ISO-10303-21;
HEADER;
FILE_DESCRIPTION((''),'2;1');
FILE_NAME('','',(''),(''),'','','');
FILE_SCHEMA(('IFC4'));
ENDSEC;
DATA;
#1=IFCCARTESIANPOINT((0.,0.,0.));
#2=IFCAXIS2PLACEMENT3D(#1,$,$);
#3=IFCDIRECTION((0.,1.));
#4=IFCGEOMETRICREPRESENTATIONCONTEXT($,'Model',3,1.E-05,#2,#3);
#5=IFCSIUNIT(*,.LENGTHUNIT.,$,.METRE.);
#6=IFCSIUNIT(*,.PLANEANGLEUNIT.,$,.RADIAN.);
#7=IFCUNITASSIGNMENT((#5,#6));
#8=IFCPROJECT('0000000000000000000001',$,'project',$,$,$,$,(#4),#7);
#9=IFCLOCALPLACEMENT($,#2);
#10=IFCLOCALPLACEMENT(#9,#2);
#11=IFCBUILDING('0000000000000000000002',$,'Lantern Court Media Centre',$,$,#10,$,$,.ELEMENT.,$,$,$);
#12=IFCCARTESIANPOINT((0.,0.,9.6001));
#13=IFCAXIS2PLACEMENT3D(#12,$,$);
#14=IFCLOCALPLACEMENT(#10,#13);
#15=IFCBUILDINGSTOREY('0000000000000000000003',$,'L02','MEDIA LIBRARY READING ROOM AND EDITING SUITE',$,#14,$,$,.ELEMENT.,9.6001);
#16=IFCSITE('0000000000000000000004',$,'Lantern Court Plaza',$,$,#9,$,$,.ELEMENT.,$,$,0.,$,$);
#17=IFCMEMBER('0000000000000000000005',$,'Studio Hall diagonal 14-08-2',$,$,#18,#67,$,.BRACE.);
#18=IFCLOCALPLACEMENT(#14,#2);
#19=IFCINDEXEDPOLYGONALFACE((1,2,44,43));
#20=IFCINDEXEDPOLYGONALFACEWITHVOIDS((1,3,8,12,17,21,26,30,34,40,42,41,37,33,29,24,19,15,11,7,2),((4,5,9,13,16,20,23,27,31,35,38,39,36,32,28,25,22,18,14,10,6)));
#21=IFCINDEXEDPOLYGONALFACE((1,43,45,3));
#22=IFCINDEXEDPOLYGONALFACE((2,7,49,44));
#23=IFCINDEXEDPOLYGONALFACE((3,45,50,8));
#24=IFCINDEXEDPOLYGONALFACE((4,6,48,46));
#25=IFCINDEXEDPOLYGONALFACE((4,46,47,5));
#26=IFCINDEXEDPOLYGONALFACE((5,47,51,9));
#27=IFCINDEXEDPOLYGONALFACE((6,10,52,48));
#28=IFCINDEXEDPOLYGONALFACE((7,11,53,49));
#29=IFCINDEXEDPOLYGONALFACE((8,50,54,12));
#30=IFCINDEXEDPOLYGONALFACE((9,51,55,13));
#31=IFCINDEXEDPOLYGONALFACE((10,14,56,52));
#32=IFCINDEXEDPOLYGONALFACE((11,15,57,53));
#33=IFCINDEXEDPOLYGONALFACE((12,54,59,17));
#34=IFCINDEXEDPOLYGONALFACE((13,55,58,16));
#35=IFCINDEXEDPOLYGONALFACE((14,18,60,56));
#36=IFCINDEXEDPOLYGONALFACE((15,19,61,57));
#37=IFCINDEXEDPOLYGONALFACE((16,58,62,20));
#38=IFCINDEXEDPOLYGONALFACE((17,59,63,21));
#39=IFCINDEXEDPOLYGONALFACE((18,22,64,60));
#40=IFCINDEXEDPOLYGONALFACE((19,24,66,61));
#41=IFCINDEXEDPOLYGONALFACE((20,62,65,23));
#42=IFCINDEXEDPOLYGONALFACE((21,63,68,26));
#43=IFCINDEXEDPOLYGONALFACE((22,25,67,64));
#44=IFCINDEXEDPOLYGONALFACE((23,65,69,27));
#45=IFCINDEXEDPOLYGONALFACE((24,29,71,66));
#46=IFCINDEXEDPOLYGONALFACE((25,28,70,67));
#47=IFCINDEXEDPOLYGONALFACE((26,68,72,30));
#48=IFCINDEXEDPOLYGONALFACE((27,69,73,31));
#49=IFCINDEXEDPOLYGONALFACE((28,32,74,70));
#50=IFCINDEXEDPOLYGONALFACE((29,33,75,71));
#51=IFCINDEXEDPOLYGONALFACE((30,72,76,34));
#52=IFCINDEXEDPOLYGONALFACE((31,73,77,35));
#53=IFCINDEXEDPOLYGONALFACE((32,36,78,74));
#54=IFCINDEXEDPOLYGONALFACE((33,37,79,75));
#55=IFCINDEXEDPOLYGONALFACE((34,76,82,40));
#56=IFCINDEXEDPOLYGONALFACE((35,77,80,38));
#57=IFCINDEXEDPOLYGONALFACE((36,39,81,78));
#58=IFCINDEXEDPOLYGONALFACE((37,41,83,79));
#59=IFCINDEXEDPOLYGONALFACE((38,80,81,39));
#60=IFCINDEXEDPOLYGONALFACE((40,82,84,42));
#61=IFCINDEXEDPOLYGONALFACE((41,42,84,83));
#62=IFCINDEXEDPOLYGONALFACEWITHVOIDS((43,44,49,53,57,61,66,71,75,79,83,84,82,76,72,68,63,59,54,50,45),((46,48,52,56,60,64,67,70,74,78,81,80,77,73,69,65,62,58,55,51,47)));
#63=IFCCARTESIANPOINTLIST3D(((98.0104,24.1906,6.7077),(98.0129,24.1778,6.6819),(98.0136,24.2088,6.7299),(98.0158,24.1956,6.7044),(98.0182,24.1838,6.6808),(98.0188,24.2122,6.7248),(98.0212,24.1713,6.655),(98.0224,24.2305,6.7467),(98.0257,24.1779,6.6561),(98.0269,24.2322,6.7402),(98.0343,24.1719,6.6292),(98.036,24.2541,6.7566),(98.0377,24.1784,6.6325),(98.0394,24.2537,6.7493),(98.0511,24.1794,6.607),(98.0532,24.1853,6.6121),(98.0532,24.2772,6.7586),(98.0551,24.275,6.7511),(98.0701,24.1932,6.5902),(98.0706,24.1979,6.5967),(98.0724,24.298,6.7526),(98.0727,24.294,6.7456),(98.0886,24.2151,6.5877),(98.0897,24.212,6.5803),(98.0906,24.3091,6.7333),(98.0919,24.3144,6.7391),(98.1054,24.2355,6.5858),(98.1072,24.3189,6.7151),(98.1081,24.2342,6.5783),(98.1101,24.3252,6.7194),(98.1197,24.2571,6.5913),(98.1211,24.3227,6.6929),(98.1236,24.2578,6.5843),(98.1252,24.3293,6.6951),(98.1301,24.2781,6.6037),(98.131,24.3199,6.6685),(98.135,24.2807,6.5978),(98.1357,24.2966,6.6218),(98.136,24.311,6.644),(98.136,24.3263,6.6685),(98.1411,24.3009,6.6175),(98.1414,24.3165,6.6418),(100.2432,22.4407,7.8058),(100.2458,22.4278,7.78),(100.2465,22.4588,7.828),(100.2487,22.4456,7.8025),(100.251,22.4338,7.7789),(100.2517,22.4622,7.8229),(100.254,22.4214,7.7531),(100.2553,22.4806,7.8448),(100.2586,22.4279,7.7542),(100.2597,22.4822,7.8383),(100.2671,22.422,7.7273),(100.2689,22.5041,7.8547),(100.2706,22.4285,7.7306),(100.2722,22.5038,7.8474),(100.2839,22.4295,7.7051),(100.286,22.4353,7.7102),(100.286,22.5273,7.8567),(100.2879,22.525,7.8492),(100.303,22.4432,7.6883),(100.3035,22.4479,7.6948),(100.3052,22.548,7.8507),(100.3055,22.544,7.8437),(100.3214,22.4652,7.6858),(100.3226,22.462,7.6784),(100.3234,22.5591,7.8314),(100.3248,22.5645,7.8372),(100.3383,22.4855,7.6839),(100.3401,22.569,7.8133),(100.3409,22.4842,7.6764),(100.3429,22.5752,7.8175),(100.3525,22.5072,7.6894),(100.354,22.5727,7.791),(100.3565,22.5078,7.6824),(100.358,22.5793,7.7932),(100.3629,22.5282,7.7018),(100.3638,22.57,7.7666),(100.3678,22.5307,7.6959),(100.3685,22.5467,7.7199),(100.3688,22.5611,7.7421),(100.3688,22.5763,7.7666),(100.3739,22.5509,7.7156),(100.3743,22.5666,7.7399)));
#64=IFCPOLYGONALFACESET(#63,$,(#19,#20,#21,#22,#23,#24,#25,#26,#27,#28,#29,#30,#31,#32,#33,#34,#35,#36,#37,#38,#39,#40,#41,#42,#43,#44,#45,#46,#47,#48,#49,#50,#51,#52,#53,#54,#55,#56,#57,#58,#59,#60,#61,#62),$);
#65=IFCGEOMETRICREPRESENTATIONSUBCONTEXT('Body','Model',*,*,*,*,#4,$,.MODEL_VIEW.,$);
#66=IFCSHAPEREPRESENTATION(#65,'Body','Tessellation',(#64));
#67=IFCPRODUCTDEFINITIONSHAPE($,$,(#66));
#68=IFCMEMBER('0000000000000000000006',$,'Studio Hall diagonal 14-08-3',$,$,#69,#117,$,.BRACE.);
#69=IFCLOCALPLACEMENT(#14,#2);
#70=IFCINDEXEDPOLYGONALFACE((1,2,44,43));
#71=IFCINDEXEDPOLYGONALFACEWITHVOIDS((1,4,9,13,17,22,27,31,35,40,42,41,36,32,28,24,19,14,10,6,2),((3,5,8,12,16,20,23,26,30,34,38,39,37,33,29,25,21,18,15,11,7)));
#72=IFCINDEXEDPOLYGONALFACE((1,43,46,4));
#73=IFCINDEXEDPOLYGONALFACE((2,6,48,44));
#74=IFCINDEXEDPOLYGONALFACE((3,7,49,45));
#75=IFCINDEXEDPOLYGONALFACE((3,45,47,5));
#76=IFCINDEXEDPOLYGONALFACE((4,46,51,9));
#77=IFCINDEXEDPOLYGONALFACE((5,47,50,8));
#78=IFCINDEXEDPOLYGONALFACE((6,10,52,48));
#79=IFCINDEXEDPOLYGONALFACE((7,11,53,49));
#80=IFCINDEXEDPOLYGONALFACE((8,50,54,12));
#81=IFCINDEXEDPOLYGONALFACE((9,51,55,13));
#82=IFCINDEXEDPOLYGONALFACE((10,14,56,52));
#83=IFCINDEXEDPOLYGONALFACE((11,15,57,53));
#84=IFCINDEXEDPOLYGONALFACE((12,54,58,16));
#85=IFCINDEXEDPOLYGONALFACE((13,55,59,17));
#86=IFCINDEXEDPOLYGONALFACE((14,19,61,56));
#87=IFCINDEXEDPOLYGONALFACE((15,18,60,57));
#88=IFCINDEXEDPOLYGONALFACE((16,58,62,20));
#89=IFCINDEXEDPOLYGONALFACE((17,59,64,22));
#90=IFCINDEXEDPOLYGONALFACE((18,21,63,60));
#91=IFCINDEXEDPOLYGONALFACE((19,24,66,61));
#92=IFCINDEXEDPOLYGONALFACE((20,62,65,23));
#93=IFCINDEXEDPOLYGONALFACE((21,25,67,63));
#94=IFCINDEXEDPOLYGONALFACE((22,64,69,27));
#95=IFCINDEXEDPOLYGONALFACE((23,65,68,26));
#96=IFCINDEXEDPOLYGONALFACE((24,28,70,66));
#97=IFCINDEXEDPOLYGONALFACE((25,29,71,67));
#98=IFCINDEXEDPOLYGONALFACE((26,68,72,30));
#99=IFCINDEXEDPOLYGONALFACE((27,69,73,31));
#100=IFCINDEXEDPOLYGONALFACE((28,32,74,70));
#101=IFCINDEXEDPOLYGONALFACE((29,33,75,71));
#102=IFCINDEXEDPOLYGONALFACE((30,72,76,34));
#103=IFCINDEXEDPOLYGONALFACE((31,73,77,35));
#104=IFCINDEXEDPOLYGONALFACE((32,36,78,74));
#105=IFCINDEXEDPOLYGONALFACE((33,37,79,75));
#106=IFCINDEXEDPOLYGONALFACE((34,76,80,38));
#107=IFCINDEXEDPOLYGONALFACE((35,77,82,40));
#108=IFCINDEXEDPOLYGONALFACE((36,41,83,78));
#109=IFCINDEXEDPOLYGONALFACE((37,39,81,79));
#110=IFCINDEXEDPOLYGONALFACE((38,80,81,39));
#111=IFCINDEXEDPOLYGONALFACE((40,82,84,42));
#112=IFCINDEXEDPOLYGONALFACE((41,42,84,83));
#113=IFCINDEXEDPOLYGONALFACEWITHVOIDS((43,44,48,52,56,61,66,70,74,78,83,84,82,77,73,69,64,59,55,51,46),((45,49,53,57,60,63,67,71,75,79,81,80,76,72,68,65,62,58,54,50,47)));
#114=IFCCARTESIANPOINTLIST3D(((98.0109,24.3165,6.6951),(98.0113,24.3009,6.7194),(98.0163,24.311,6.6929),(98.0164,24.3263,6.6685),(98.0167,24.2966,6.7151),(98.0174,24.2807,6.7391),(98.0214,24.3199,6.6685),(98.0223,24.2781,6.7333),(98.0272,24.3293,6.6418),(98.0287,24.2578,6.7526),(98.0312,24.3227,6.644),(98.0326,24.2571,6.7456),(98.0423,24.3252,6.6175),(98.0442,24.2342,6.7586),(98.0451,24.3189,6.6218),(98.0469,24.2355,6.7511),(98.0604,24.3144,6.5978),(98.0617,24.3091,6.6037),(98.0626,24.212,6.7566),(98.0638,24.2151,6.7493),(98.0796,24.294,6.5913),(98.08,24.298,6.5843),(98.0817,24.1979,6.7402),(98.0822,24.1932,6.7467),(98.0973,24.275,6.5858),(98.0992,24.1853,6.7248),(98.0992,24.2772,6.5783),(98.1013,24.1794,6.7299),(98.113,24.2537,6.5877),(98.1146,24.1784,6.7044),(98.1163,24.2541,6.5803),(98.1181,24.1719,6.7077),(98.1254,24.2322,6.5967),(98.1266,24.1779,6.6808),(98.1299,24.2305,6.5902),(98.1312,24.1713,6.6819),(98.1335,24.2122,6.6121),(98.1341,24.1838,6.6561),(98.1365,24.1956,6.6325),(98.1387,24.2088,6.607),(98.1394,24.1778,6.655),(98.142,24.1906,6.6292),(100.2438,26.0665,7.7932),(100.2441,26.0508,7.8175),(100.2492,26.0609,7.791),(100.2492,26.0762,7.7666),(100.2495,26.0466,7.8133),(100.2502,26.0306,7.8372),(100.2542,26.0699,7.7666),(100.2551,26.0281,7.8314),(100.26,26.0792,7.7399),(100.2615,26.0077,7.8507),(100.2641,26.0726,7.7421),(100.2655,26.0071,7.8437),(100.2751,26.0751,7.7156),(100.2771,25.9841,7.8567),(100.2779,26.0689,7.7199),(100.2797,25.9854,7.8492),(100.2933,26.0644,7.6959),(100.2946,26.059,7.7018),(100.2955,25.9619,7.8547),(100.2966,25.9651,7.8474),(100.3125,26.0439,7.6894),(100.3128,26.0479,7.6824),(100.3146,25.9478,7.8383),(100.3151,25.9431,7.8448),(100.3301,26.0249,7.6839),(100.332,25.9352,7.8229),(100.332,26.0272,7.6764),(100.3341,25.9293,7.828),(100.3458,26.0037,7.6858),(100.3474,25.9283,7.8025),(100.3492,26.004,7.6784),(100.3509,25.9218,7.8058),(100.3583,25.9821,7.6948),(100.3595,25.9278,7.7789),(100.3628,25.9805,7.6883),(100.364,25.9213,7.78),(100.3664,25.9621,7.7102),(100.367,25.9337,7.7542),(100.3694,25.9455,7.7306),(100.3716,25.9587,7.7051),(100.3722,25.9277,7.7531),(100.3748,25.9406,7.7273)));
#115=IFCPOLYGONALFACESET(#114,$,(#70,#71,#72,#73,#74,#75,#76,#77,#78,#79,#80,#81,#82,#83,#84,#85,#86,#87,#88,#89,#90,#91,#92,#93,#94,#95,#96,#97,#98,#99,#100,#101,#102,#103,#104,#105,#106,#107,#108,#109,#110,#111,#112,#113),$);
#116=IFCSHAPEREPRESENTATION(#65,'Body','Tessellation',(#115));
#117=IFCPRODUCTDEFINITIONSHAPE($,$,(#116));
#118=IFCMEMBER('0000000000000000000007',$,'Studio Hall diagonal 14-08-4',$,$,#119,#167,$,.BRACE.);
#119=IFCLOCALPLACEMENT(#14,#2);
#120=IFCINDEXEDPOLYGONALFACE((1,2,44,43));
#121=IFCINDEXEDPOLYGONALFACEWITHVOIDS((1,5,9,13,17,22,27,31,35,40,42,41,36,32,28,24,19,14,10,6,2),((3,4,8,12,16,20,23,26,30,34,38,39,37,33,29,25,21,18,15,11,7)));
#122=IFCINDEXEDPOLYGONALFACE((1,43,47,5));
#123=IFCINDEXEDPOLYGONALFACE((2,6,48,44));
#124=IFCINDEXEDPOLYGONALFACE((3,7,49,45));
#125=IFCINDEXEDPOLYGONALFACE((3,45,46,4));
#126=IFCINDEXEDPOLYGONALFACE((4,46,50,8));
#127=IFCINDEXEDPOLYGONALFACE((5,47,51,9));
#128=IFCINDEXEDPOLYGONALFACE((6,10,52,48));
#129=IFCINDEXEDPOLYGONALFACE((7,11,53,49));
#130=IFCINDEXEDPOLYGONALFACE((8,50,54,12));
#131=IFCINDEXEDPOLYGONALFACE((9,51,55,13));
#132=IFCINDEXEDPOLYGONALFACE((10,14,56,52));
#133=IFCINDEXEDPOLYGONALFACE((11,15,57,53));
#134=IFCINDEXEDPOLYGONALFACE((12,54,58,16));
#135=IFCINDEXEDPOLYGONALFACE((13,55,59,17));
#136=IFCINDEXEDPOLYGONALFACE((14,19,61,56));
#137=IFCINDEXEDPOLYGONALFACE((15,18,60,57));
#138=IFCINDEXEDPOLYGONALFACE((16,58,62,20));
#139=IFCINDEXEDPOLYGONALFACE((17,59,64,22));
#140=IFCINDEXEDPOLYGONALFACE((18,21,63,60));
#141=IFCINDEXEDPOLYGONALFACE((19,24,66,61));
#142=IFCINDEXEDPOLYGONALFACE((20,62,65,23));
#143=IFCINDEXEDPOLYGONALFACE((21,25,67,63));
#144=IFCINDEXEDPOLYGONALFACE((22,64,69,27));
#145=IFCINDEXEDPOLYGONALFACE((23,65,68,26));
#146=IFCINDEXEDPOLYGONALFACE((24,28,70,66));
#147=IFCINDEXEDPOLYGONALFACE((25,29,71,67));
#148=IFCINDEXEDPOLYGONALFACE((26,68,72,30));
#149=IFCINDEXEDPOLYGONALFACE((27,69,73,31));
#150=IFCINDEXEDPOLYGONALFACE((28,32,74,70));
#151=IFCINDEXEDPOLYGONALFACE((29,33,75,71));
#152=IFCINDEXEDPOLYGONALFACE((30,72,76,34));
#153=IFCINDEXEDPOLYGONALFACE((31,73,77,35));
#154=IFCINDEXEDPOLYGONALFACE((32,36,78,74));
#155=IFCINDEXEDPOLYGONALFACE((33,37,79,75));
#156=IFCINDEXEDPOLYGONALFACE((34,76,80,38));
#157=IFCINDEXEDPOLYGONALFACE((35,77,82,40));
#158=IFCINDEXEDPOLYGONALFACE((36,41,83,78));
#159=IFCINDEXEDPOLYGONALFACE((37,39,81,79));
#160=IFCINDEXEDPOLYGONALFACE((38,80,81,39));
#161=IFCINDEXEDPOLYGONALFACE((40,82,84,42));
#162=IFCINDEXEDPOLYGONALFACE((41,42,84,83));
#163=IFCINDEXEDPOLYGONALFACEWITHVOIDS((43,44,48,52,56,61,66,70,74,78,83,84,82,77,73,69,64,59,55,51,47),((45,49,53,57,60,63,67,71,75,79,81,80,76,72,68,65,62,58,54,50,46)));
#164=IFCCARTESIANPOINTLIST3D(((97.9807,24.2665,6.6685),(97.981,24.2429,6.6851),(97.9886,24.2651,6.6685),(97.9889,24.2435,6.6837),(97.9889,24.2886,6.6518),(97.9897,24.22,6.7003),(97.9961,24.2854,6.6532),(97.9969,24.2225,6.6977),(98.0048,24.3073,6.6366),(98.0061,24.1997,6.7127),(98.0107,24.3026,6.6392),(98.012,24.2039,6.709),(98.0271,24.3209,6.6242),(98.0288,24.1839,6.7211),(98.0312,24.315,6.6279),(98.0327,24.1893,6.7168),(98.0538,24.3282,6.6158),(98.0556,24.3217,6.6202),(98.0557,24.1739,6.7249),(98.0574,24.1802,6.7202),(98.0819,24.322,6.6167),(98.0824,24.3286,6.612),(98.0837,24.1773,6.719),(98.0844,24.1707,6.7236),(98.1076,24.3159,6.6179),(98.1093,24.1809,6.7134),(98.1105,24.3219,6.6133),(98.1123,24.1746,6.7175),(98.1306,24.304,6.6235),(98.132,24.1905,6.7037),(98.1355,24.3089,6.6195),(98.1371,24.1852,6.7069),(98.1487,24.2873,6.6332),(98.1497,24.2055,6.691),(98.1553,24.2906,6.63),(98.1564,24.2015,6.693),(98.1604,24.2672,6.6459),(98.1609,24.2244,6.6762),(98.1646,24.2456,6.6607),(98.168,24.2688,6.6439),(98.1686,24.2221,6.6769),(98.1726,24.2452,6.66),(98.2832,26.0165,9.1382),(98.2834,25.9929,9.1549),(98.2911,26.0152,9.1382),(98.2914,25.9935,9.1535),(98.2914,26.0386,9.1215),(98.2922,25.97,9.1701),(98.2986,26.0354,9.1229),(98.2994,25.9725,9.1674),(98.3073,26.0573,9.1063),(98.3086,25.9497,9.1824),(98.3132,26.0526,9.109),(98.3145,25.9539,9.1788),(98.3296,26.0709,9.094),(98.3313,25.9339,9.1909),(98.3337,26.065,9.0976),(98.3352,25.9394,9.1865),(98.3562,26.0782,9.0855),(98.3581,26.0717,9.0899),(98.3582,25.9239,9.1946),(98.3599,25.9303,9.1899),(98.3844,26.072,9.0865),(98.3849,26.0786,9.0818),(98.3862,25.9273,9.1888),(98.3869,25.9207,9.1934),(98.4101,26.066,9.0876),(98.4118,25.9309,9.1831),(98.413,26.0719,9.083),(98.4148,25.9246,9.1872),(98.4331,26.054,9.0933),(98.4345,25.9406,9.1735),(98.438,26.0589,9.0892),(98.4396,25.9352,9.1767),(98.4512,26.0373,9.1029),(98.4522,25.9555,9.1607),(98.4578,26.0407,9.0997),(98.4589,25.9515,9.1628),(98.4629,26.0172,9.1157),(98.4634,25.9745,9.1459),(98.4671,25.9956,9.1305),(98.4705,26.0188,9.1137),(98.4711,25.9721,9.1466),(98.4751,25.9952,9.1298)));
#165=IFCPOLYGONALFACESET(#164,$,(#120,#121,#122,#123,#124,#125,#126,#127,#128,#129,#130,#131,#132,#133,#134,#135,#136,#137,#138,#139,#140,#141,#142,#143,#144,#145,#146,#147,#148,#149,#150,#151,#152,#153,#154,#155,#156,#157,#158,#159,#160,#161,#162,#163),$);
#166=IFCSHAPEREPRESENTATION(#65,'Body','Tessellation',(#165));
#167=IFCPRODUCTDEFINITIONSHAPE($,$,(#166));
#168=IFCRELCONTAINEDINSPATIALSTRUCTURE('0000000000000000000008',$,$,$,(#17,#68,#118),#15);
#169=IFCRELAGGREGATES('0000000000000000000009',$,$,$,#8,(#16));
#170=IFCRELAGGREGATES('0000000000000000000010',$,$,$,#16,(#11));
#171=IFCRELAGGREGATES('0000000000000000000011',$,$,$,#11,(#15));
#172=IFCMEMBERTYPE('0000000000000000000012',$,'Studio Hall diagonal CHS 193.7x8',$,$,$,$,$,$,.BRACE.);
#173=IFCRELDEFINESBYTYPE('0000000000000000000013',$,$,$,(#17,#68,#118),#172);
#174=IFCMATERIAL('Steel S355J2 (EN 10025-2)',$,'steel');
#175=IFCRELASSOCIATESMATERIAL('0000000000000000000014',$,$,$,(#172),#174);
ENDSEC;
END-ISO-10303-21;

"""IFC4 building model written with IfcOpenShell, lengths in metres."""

from ifc_helpers import new_model, si_unit, direction, frame, origin, origin_2d, place, context, subcontext, project, spatial, hollow_circle, extrude, material, material_profile, profile_set, type_object, element, save


model = new_model("IFC4")

# Units and contexts
model_context = context("Model", 3, precision=1e-05, world=origin(), true_north=direction((0.0, 1.0)))
body_context = subcontext(model_context, "Body", "Model", "MODEL_VIEW")
ifc_project = project(units=[si_unit("LENGTHUNIT", "METRE"), si_unit("PLANEANGLEUNIT", "RADIAN")], contexts=[model_context])

# Site, building, storey
site_placement = place(None, origin())
site = spatial("IfcSite", under=ifc_project, at=site_placement, Name="Lantern Court Plaza", CompositionType="ELEMENT", RefElevation=0.0)
building_placement = place(site_placement, origin())
building = spatial("IfcBuilding", under=site, at=building_placement, Name="Lantern Court Media Centre", CompositionType="ELEMENT")
storey_placement = place(building_placement, frame((0.0, 0.0, 9.6001)))
storey = spatial("IfcBuildingStorey", under=building, at=storey_placement, Name="L02", Description="MEDIA LIBRARY READING ROOM AND EDITING SUITE", CompositionType="ELEMENT", Elevation=9.6001)

# Members
ifc_material = material(Name="Steel S355J2 (EN 10025-2)", Category="steel")
ifc_material_profile_1 = material_profile(ifc_material, hollow_circle(Radius=0.0969, WallThickness=0.0081, at=origin_2d()), Name="Studio Hall diagonal CHS 193.7x8")
ifc_profile_set_1 = profile_set([ifc_material_profile_1], Name="Steel S355J2 (EN 10025-2)")
member_type_1 = type_object("IfcMemberType", Name="Studio Hall diagonal CHS 193.7x8", PredefinedType="BRACE", material=ifc_profile_set_1)
for number, where, z_axis, x_axis, name in (
    (1, (98.0762, 24.25, 6.6685), (0.734005, -0.575262, 0.360984), (0.616856, 0.787076, 0.0), "Studio Hall diagonal 14-08-2"),
    (2, (98.0762, 24.25, 6.6685), (0.734005, 0.575262, 0.360984), (-0.616856, 0.787076, 0.0), "Studio Hall diagonal 14-08-3"),
    (3, (98.0762, 24.25, 6.6685), (0.099439, 0.575286, 0.811885), (-0.985388, 0.170326, 0.0), "Studio Hall diagonal 14-08-4"),
):
    element("IfcMember", number, at=place(storey_placement, frame(where, z_axis=z_axis, x_axis=x_axis)), inside=storey, type_object=member_type_1, Name=name, PredefinedType="BRACE", context=body_context, shape_type="SweptSolid", body=[
        extrude(hollow_circle(Radius=0.0969, WallThickness=0.0081, at=origin_2d()), origin(), (0.0, 0.0, 1.0), 3.042),
    ])

save(model, "model.ifc")
